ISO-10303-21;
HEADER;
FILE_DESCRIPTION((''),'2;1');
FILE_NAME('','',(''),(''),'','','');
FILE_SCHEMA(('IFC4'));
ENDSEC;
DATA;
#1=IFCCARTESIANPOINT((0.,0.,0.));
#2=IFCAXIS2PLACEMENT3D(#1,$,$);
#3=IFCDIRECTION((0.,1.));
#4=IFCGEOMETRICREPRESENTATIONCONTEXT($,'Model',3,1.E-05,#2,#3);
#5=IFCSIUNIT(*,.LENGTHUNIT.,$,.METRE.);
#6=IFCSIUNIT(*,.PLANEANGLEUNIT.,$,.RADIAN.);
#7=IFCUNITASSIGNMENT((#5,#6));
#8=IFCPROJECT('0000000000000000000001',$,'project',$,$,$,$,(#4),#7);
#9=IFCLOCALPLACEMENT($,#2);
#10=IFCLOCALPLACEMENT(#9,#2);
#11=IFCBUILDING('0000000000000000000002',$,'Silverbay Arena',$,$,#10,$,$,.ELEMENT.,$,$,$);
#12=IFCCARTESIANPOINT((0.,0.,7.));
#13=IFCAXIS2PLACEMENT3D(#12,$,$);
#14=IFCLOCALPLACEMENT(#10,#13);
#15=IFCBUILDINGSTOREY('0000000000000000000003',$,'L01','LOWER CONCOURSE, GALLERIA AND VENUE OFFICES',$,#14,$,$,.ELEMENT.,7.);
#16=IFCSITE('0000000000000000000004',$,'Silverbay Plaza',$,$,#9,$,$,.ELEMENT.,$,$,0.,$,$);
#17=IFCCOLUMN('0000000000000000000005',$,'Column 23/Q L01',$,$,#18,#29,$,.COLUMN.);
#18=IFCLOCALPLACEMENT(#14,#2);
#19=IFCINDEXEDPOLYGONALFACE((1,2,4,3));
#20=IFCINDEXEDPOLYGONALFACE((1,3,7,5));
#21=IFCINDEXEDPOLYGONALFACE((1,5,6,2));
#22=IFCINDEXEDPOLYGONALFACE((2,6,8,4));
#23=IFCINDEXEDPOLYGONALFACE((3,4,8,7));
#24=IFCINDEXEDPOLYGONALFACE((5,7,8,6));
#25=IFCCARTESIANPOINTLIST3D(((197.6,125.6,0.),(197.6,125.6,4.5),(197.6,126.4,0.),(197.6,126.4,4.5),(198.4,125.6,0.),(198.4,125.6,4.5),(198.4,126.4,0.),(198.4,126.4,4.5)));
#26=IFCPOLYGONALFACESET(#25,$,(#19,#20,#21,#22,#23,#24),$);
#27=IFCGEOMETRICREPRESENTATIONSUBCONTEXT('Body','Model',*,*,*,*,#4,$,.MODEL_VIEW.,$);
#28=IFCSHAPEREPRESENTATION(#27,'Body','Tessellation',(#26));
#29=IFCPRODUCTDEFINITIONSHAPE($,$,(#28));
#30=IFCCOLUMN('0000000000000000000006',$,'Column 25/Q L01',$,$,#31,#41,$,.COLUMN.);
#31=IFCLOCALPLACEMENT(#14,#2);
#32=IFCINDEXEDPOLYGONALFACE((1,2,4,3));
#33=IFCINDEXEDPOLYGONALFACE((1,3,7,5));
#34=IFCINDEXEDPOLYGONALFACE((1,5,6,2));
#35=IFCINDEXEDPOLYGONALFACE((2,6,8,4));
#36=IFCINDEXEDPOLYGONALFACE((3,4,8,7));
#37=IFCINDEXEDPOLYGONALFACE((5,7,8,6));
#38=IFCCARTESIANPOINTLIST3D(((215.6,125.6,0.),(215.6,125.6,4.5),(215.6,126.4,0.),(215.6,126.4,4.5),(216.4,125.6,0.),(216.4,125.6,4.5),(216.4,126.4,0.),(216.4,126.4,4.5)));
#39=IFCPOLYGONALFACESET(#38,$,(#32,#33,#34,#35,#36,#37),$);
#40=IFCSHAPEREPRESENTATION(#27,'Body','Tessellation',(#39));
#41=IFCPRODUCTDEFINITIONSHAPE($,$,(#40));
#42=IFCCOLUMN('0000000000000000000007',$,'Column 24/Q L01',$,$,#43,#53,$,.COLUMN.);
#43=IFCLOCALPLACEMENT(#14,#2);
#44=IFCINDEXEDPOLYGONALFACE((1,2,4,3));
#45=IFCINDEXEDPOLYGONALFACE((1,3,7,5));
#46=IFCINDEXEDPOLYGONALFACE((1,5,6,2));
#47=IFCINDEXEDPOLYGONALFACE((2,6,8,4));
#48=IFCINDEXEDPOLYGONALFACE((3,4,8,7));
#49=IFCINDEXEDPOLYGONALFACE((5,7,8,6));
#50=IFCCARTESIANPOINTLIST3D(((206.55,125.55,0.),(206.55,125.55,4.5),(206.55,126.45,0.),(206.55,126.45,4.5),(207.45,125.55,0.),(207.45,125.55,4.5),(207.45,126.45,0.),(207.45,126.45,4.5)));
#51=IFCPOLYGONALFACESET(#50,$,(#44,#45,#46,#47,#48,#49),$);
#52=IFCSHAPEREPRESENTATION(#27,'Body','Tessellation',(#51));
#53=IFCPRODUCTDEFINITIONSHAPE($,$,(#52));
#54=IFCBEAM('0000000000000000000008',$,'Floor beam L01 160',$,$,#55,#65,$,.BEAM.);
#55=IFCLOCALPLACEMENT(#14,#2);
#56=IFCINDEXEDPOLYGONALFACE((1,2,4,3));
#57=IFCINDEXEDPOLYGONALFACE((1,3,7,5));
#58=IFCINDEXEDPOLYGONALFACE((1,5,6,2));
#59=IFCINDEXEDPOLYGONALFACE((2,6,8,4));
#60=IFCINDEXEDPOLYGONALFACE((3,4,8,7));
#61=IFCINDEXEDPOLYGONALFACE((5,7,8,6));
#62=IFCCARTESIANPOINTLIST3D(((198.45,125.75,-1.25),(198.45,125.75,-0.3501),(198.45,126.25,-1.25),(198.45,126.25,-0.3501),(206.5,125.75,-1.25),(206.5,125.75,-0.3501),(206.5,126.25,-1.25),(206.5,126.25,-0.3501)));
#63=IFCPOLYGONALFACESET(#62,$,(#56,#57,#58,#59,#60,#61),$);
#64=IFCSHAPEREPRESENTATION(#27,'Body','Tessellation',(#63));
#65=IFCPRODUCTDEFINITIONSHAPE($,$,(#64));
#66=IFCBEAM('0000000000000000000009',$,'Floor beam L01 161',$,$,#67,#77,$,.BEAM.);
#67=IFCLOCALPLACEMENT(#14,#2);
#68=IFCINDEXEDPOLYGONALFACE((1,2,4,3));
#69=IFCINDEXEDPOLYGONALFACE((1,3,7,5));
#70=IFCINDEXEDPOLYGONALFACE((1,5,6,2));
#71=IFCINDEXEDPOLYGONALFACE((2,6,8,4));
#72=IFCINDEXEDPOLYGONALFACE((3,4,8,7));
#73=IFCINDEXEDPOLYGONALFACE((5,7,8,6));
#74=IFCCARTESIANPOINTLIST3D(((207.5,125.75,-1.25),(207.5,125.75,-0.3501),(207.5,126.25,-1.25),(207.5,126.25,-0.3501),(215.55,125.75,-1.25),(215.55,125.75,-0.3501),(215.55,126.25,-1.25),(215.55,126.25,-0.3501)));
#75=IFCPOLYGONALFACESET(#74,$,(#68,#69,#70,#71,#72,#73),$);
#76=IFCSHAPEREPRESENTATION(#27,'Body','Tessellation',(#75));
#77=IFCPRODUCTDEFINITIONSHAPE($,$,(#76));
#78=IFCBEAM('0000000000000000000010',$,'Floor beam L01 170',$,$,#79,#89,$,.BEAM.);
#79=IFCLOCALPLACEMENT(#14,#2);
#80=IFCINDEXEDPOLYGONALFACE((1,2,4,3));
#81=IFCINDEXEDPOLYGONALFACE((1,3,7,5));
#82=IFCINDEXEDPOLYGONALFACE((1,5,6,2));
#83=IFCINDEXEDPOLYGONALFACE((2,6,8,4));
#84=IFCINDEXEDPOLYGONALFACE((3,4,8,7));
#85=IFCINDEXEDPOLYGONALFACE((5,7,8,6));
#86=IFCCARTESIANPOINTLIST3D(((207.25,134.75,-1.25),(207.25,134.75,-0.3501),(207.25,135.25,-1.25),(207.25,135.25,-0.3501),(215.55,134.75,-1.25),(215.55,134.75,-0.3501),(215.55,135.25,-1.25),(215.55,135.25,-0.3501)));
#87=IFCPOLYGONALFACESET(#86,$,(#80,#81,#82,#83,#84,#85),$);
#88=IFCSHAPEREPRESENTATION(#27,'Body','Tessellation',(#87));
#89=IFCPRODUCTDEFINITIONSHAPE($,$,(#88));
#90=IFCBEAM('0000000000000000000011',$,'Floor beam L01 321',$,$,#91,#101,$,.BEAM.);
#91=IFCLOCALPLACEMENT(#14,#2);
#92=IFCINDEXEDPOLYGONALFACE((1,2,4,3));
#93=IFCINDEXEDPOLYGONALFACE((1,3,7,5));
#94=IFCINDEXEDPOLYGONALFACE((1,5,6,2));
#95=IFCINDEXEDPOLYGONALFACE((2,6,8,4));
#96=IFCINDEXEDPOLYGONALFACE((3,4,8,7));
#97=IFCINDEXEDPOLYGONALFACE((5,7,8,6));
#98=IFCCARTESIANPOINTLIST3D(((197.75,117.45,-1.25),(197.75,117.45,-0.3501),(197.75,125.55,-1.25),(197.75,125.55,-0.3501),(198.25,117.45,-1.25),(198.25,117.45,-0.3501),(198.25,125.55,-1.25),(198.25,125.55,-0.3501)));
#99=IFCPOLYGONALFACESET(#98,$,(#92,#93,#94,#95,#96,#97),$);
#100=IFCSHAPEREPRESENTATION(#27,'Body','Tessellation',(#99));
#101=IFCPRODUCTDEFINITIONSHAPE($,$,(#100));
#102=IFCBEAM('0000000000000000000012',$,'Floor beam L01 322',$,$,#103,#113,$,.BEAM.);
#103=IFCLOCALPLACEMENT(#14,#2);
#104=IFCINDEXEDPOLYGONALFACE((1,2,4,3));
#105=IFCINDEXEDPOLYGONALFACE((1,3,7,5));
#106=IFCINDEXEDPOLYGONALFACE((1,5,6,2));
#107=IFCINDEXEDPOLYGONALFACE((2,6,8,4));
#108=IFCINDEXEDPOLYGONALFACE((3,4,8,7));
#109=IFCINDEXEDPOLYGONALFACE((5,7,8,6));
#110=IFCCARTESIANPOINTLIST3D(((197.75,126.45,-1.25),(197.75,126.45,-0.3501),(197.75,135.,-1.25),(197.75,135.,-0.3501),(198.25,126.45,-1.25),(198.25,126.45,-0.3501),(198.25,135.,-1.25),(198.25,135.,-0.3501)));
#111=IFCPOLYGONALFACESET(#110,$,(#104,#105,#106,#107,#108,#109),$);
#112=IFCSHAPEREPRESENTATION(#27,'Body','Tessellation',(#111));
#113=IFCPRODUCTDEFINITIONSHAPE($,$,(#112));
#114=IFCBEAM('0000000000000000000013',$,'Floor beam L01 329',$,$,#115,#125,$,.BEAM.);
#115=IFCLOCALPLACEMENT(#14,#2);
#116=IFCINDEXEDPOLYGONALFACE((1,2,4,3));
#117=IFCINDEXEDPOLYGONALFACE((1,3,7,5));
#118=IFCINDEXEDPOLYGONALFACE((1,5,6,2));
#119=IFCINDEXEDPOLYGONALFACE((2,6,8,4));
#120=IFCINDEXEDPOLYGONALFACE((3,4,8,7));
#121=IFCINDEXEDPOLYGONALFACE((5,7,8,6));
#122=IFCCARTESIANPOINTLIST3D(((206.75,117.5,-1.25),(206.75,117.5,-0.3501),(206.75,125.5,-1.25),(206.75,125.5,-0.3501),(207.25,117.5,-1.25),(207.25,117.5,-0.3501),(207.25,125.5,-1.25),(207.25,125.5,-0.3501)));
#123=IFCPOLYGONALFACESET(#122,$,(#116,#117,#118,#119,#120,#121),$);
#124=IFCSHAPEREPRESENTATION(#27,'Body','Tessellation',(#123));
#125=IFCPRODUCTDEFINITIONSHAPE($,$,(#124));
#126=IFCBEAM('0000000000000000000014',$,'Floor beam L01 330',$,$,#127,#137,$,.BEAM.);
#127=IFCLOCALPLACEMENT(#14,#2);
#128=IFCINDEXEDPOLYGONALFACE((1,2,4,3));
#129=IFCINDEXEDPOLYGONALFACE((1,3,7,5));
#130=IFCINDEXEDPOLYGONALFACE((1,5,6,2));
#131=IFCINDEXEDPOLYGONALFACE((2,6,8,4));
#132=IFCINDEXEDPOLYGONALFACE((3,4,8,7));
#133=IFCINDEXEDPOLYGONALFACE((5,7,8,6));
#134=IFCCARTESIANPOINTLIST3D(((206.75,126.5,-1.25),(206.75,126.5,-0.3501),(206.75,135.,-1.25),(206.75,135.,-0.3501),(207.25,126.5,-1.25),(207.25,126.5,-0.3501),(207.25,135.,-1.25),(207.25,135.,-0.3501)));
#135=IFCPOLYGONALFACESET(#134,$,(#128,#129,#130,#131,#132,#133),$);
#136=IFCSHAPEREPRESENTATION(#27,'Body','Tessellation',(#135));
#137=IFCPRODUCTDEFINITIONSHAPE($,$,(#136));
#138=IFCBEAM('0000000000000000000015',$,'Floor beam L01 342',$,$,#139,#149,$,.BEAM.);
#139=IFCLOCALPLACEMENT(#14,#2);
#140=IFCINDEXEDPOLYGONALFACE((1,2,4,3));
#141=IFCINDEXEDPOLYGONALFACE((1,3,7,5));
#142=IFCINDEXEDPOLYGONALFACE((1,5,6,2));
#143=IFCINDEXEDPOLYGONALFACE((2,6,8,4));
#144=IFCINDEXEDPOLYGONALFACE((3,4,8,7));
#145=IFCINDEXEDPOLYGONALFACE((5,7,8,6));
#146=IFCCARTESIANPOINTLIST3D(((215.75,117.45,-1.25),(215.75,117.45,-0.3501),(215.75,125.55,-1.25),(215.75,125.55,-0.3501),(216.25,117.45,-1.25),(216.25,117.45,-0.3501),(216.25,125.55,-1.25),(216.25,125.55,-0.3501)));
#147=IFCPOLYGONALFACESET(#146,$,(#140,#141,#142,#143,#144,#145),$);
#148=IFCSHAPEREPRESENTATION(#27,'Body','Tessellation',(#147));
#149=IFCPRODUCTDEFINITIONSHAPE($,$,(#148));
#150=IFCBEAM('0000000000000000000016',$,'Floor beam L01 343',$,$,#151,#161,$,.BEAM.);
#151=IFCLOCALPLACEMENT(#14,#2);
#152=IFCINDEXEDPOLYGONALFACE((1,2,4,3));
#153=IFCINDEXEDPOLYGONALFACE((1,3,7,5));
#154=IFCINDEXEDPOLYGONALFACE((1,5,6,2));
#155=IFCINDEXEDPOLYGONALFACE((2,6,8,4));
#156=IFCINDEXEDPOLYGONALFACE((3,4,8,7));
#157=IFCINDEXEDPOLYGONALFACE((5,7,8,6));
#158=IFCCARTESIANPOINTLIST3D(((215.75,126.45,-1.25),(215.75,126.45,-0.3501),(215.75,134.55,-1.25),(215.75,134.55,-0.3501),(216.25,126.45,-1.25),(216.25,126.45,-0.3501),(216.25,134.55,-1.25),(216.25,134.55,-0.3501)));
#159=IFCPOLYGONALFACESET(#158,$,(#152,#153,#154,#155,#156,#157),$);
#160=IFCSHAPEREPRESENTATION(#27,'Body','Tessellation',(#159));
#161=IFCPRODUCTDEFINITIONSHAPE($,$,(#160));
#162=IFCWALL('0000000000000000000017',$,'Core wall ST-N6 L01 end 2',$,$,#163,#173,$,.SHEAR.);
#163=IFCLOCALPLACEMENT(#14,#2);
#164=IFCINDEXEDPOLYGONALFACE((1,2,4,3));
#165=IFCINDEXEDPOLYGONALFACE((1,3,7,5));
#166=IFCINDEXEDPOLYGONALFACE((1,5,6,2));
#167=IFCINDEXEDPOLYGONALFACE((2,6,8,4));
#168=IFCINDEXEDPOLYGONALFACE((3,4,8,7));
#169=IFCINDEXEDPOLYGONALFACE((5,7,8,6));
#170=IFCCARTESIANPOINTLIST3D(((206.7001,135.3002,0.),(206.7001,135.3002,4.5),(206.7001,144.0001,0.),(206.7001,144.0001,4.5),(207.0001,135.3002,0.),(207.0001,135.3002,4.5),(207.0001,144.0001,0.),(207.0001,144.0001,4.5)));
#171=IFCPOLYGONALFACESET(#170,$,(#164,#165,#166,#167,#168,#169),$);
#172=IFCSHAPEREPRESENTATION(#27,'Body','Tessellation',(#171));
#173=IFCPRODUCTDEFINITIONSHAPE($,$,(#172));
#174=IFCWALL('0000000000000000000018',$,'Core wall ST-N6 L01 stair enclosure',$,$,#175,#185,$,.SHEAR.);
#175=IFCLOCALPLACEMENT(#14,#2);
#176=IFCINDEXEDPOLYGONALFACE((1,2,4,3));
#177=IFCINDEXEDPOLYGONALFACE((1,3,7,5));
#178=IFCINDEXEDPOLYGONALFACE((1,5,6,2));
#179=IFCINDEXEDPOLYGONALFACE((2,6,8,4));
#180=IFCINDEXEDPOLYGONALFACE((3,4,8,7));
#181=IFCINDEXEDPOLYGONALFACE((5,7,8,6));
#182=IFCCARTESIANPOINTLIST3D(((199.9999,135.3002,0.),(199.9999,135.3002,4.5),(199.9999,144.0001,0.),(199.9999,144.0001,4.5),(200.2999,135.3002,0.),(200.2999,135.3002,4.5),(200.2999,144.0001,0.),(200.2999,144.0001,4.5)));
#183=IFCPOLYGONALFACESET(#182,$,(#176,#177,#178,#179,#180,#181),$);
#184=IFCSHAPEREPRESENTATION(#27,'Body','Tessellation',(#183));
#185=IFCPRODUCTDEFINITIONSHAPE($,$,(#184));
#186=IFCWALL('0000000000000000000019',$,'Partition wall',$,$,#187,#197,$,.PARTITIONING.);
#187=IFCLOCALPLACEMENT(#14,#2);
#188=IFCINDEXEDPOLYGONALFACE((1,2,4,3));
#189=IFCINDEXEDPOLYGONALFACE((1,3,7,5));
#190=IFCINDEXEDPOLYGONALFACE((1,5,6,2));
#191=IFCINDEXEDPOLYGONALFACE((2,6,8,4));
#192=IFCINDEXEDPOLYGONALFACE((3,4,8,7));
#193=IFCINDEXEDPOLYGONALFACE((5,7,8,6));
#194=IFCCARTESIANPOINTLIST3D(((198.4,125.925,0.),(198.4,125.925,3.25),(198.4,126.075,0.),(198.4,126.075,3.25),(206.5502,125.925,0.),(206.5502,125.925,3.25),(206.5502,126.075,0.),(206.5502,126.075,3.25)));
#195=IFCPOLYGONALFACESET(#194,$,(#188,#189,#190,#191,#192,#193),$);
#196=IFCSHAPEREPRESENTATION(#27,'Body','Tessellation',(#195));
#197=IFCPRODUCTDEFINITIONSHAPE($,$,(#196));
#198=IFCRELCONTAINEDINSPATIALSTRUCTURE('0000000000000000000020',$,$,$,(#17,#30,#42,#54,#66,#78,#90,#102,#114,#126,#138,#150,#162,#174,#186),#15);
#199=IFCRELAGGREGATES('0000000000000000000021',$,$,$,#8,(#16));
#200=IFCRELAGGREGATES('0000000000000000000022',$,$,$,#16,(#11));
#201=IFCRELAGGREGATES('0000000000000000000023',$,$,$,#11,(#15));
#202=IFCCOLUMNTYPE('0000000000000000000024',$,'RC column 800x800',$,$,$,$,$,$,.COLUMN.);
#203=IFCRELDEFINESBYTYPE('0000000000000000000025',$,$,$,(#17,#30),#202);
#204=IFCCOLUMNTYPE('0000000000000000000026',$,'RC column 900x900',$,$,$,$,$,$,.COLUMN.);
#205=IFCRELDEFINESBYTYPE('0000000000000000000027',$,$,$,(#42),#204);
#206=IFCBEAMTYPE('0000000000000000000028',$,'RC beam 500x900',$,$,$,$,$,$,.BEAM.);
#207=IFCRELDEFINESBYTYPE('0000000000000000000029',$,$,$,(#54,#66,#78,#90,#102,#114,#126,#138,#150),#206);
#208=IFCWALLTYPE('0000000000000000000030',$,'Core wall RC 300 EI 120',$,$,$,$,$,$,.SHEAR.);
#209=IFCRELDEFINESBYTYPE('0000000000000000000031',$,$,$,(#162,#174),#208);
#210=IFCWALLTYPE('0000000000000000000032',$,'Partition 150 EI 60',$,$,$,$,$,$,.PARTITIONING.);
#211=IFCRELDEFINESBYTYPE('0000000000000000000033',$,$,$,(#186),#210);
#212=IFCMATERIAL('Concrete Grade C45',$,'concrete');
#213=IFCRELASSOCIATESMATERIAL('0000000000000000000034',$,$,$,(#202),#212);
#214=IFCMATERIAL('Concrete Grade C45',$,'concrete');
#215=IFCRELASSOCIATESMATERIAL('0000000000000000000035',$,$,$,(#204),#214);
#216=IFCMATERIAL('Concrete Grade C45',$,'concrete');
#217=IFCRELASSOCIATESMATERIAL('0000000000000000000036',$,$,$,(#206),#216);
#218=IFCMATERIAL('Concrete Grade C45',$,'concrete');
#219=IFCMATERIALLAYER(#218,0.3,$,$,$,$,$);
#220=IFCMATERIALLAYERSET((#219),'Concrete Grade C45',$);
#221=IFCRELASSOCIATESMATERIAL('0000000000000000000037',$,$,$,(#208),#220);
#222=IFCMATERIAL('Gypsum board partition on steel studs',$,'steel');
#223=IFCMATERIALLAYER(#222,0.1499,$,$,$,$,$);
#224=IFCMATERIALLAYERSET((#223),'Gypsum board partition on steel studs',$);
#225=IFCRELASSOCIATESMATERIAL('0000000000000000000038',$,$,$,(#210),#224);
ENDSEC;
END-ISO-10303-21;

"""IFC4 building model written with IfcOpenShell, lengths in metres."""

from ifc_helpers import new_model, si_unit, direction, frame, frame_2d, origin, origin_2d, place, context, subcontext, project, spatial, rectangle, extrude, material, layer, layer_set, material_profile, profile_set, type_object, element, save


model = new_model("IFC4")

# Units and contexts
model_context = context("Model", 3, precision=1e-05, world=origin(), true_north=direction((0.0, 1.0)))
body_context = subcontext(model_context, "Body", "Model", "MODEL_VIEW")
ifc_project = project(units=[si_unit("LENGTHUNIT", "METRE"), si_unit("PLANEANGLEUNIT", "RADIAN")], contexts=[model_context])

# Site, building, storey
site_placement = place(None, origin())
site = spatial("IfcSite", under=ifc_project, at=site_placement, Name="Silverbay Plaza", CompositionType="ELEMENT", RefElevation=0.0)
building_placement = place(site_placement, origin())
building = spatial("IfcBuilding", under=site, at=building_placement, Name="Silverbay Arena", CompositionType="ELEMENT")
storey_placement = place(building_placement, frame((0.0, 0.0, 7.0)))
storey = spatial("IfcBuildingStorey", under=building, at=storey_placement, Name="L01", Description="LOWER CONCOURSE, GALLERIA AND VENUE OFFICES", CompositionType="ELEMENT", Elevation=7.0)

# Columns
ifc_material_1 = material(Name="Concrete Grade C45", Category="concrete")
ifc_material_profile_1 = material_profile(ifc_material_1, rectangle(XDim=0.8, YDim=0.8, at=origin_2d()), Name="RC 800x800")
ifc_profile_set_1 = profile_set([ifc_material_profile_1], Name="Concrete Grade C45")
column_type_1 = type_object("IfcColumnType", Name="RC column 800x800", PredefinedType="COLUMN", material=ifc_profile_set_1)
for number, where, z_axis, x_axis, name in (
    (1, (198.0, 126.0, 0.0), (0.0, 0.0, 1.0), (1.0, 0.0, 0.0), "Column 23/Q L01"),
    (2, (216.0, 126.0, 0.0), (0.0, 0.0, 1.0), (1.0, 0.0, 0.0), "Column 25/Q L01"),
):
    element("IfcColumn", number, at=place(storey_placement, frame(where, z_axis=z_axis, x_axis=x_axis)), inside=storey, type_object=column_type_1, Name=name, PredefinedType="COLUMN", context=body_context, shape_type="SweptSolid", body=[
        extrude(rectangle(XDim=0.8, YDim=0.8, at=origin_2d()), origin(), (0.0, 0.0, 1.0), 4.5),
    ])
ifc_material_2 = material(Name="Concrete Grade C45", Category="concrete")
ifc_material_profile_2 = material_profile(ifc_material_2, rectangle(XDim=0.8999, YDim=0.8999, at=origin_2d()), Name="RC 900x900")
ifc_profile_set_2 = profile_set([ifc_material_profile_2], Name="Concrete Grade C45")
column_type_2 = type_object("IfcColumnType", Name="RC column 900x900", PredefinedType="COLUMN", material=ifc_profile_set_2)
column_placement = place(storey_placement, frame((207.0, 126.0, 0.0), z_axis=(0.0, 0.0, 1.0), x_axis=(1.0, 0.0, 0.0)))
element("IfcColumn", 3, at=column_placement, inside=storey, type_object=column_type_2, Name="Column 24/Q L01", PredefinedType="COLUMN", context=body_context, shape_type="SweptSolid", body=[
    extrude(rectangle(XDim=0.8999, YDim=0.8999, at=origin_2d()), origin(), (0.0, 0.0, 1.0), 4.5),
])

# Beams
ifc_material_3 = material(Name="Concrete Grade C45", Category="concrete")
ifc_material_profile_3 = material_profile(ifc_material_3, rectangle(XDim=0.5, YDim=0.8999, at=origin_2d()), Name="RC 500x900")
ifc_profile_set_3 = profile_set([ifc_material_profile_3], Name="Concrete Grade C45")
beam_type = type_object("IfcBeamType", Name="RC beam 500x900", PredefinedType="BEAM", material=ifc_profile_set_3)
for number, where, z_axis, x_axis, name in (
    (4, (198.45, 126.0, -0.8), (1.0, 0.0, 0.0), (0.0, 1.0, 0.0), "Floor beam L01 160"),
    (5, (207.5, 126.0, -0.8), (1.0, 0.0, 0.0), (0.0, 1.0, 0.0), "Floor beam L01 161"),
):
    element("IfcBeam", number, at=place(storey_placement, frame(where, z_axis=z_axis, x_axis=x_axis)), inside=storey, type_object=beam_type, Name=name, PredefinedType="BEAM", context=body_context, shape_type="SweptSolid", body=[
        extrude(rectangle(XDim=0.5, YDim=0.8999, at=origin_2d()), origin(), (0.0, 0.0, 1.0), 8.05),
    ])
beam_1_placement = place(storey_placement, frame((207.25, 135.0, -0.8), z_axis=(1.0, 0.0, 0.0), x_axis=(0.0, 1.0, 0.0)))
element("IfcBeam", 6, at=beam_1_placement, inside=storey, type_object=beam_type, Name="Floor beam L01 170", PredefinedType="BEAM", context=body_context, shape_type="SweptSolid", body=[
    extrude(rectangle(XDim=0.5, YDim=0.8999, at=origin_2d()), origin(), (0.0, 0.0, 1.0), 8.3),
])
beam_2_placement = place(storey_placement, frame((198.0, 117.45, -0.8), z_axis=(0.0, 1.0, 0.0), x_axis=(-1.0, 0.0, 0.0)))
element("IfcBeam", 7, at=beam_2_placement, inside=storey, type_object=beam_type, Name="Floor beam L01 321", PredefinedType="BEAM", context=body_context, shape_type="SweptSolid", body=[
    extrude(rectangle(XDim=0.5, YDim=0.8999, at=origin_2d()), origin(), (0.0, 0.0, 1.0), 8.1001),
])
beam_3_placement = place(storey_placement, frame((198.0, 126.45, -0.8), z_axis=(0.0, 1.0, 0.0), x_axis=(-1.0, 0.0, 0.0)))
element("IfcBeam", 8, at=beam_3_placement, inside=storey, type_object=beam_type, Name="Floor beam L01 322", PredefinedType="BEAM", context=body_context, shape_type="SweptSolid", body=[
    extrude(rectangle(XDim=0.5, YDim=0.8999, at=origin_2d()), origin(), (0.0, 0.0, 1.0), 8.55),
])
beam_4_placement = place(storey_placement, frame((207.0, 117.5, -0.8), z_axis=(0.0, 1.0, 0.0), x_axis=(-1.0, 0.0, 0.0)))
element("IfcBeam", 9, at=beam_4_placement, inside=storey, type_object=beam_type, Name="Floor beam L01 329", PredefinedType="BEAM", context=body_context, shape_type="SweptSolid", body=[
    extrude(rectangle(XDim=0.5, YDim=0.8999, at=origin_2d()), origin(), (0.0, 0.0, 1.0), 8.0),
])
beam_5_placement = place(storey_placement, frame((207.0, 126.5, -0.8), z_axis=(0.0, 1.0, 0.0), x_axis=(-1.0, 0.0, 0.0)))
element("IfcBeam", 10, at=beam_5_placement, inside=storey, type_object=beam_type, Name="Floor beam L01 330", PredefinedType="BEAM", context=body_context, shape_type="SweptSolid", body=[
    extrude(rectangle(XDim=0.5, YDim=0.8999, at=origin_2d()), origin(), (0.0, 0.0, 1.0), 8.5),
])
for number, where, z_axis, x_axis, name in (
    (11, (216.0, 117.45, -0.8), (0.0, 1.0, 0.0), (-1.0, 0.0, 0.0), "Floor beam L01 342"),
    (12, (216.0, 126.45, -0.8), (0.0, 1.0, 0.0), (-1.0, 0.0, 0.0), "Floor beam L01 343"),
):
    element("IfcBeam", number, at=place(storey_placement, frame(where, z_axis=z_axis, x_axis=x_axis)), inside=storey, type_object=beam_type, Name=name, PredefinedType="BEAM", context=body_context, shape_type="SweptSolid", body=[
        extrude(rectangle(XDim=0.5, YDim=0.8999, at=origin_2d()), origin(), (0.0, 0.0, 1.0), 8.1001),
    ])

# Walls
ifc_material_4 = material(Name="Concrete Grade C45", Category="concrete")
ifc_layer_1 = layer(ifc_material_4, 0.3)
ifc_layer_set_1 = layer_set([ifc_layer_1], Name="Concrete Grade C45")
wall_type_1 = type_object("IfcWallType", Name="Core wall RC 300 EI 120", PredefinedType="SHEAR", material=ifc_layer_set_1)
for number, where, z_axis, x_axis, name in (
    (13, (206.8501, 135.3, 0.0), (0.0, 0.0, 1.0), (0.0, 1.0, 0.0), "Core wall ST-N6 L01 end 2"),
    (14, (200.1499, 135.3, 0.0), (0.0, 0.0, 1.0), (0.0, 1.0, 0.0), "Core wall ST-N6 L01 stair enclosure"),
):
    element("IfcWall", number, at=place(storey_placement, frame(where, z_axis=z_axis, x_axis=x_axis)), inside=storey, type_object=wall_type_1, Name=name, PredefinedType="SHEAR", context=body_context, shape_type="SweptSolid", body=[
        extrude(rectangle(XDim=8.7, YDim=0.3, at=frame_2d((4.3501, 0.0))), origin(), (0.0, 0.0, 1.0), 4.5),
    ])
ifc_material_5 = material(Name="Gypsum board partition on steel studs", Category="steel")
ifc_layer_2 = layer(ifc_material_5, 0.1499)
ifc_layer_set_2 = layer_set([ifc_layer_2], Name="Gypsum board partition on steel studs")
wall_type_2 = type_object("IfcWallType", Name="Partition 150 EI 60", PredefinedType="PARTITIONING", material=ifc_layer_set_2)
wall_1_placement = place(storey_placement, frame((198.3999, 126.0, 0.0), z_axis=(0.0, 0.0, 1.0), x_axis=(1.0, 0.0, 0.0)))
element("IfcWall", 15, at=wall_1_placement, inside=storey, type_object=wall_type_2, Name="Partition wall", PredefinedType="PARTITIONING", context=body_context, shape_type="SweptSolid", body=[
    extrude(rectangle(XDim=8.1501, YDim=0.1499, at=frame_2d((4.0752, 0.0))), origin(), (0.0, 0.0, 1.0), 3.25),
])

save(model, "model.ifc")
